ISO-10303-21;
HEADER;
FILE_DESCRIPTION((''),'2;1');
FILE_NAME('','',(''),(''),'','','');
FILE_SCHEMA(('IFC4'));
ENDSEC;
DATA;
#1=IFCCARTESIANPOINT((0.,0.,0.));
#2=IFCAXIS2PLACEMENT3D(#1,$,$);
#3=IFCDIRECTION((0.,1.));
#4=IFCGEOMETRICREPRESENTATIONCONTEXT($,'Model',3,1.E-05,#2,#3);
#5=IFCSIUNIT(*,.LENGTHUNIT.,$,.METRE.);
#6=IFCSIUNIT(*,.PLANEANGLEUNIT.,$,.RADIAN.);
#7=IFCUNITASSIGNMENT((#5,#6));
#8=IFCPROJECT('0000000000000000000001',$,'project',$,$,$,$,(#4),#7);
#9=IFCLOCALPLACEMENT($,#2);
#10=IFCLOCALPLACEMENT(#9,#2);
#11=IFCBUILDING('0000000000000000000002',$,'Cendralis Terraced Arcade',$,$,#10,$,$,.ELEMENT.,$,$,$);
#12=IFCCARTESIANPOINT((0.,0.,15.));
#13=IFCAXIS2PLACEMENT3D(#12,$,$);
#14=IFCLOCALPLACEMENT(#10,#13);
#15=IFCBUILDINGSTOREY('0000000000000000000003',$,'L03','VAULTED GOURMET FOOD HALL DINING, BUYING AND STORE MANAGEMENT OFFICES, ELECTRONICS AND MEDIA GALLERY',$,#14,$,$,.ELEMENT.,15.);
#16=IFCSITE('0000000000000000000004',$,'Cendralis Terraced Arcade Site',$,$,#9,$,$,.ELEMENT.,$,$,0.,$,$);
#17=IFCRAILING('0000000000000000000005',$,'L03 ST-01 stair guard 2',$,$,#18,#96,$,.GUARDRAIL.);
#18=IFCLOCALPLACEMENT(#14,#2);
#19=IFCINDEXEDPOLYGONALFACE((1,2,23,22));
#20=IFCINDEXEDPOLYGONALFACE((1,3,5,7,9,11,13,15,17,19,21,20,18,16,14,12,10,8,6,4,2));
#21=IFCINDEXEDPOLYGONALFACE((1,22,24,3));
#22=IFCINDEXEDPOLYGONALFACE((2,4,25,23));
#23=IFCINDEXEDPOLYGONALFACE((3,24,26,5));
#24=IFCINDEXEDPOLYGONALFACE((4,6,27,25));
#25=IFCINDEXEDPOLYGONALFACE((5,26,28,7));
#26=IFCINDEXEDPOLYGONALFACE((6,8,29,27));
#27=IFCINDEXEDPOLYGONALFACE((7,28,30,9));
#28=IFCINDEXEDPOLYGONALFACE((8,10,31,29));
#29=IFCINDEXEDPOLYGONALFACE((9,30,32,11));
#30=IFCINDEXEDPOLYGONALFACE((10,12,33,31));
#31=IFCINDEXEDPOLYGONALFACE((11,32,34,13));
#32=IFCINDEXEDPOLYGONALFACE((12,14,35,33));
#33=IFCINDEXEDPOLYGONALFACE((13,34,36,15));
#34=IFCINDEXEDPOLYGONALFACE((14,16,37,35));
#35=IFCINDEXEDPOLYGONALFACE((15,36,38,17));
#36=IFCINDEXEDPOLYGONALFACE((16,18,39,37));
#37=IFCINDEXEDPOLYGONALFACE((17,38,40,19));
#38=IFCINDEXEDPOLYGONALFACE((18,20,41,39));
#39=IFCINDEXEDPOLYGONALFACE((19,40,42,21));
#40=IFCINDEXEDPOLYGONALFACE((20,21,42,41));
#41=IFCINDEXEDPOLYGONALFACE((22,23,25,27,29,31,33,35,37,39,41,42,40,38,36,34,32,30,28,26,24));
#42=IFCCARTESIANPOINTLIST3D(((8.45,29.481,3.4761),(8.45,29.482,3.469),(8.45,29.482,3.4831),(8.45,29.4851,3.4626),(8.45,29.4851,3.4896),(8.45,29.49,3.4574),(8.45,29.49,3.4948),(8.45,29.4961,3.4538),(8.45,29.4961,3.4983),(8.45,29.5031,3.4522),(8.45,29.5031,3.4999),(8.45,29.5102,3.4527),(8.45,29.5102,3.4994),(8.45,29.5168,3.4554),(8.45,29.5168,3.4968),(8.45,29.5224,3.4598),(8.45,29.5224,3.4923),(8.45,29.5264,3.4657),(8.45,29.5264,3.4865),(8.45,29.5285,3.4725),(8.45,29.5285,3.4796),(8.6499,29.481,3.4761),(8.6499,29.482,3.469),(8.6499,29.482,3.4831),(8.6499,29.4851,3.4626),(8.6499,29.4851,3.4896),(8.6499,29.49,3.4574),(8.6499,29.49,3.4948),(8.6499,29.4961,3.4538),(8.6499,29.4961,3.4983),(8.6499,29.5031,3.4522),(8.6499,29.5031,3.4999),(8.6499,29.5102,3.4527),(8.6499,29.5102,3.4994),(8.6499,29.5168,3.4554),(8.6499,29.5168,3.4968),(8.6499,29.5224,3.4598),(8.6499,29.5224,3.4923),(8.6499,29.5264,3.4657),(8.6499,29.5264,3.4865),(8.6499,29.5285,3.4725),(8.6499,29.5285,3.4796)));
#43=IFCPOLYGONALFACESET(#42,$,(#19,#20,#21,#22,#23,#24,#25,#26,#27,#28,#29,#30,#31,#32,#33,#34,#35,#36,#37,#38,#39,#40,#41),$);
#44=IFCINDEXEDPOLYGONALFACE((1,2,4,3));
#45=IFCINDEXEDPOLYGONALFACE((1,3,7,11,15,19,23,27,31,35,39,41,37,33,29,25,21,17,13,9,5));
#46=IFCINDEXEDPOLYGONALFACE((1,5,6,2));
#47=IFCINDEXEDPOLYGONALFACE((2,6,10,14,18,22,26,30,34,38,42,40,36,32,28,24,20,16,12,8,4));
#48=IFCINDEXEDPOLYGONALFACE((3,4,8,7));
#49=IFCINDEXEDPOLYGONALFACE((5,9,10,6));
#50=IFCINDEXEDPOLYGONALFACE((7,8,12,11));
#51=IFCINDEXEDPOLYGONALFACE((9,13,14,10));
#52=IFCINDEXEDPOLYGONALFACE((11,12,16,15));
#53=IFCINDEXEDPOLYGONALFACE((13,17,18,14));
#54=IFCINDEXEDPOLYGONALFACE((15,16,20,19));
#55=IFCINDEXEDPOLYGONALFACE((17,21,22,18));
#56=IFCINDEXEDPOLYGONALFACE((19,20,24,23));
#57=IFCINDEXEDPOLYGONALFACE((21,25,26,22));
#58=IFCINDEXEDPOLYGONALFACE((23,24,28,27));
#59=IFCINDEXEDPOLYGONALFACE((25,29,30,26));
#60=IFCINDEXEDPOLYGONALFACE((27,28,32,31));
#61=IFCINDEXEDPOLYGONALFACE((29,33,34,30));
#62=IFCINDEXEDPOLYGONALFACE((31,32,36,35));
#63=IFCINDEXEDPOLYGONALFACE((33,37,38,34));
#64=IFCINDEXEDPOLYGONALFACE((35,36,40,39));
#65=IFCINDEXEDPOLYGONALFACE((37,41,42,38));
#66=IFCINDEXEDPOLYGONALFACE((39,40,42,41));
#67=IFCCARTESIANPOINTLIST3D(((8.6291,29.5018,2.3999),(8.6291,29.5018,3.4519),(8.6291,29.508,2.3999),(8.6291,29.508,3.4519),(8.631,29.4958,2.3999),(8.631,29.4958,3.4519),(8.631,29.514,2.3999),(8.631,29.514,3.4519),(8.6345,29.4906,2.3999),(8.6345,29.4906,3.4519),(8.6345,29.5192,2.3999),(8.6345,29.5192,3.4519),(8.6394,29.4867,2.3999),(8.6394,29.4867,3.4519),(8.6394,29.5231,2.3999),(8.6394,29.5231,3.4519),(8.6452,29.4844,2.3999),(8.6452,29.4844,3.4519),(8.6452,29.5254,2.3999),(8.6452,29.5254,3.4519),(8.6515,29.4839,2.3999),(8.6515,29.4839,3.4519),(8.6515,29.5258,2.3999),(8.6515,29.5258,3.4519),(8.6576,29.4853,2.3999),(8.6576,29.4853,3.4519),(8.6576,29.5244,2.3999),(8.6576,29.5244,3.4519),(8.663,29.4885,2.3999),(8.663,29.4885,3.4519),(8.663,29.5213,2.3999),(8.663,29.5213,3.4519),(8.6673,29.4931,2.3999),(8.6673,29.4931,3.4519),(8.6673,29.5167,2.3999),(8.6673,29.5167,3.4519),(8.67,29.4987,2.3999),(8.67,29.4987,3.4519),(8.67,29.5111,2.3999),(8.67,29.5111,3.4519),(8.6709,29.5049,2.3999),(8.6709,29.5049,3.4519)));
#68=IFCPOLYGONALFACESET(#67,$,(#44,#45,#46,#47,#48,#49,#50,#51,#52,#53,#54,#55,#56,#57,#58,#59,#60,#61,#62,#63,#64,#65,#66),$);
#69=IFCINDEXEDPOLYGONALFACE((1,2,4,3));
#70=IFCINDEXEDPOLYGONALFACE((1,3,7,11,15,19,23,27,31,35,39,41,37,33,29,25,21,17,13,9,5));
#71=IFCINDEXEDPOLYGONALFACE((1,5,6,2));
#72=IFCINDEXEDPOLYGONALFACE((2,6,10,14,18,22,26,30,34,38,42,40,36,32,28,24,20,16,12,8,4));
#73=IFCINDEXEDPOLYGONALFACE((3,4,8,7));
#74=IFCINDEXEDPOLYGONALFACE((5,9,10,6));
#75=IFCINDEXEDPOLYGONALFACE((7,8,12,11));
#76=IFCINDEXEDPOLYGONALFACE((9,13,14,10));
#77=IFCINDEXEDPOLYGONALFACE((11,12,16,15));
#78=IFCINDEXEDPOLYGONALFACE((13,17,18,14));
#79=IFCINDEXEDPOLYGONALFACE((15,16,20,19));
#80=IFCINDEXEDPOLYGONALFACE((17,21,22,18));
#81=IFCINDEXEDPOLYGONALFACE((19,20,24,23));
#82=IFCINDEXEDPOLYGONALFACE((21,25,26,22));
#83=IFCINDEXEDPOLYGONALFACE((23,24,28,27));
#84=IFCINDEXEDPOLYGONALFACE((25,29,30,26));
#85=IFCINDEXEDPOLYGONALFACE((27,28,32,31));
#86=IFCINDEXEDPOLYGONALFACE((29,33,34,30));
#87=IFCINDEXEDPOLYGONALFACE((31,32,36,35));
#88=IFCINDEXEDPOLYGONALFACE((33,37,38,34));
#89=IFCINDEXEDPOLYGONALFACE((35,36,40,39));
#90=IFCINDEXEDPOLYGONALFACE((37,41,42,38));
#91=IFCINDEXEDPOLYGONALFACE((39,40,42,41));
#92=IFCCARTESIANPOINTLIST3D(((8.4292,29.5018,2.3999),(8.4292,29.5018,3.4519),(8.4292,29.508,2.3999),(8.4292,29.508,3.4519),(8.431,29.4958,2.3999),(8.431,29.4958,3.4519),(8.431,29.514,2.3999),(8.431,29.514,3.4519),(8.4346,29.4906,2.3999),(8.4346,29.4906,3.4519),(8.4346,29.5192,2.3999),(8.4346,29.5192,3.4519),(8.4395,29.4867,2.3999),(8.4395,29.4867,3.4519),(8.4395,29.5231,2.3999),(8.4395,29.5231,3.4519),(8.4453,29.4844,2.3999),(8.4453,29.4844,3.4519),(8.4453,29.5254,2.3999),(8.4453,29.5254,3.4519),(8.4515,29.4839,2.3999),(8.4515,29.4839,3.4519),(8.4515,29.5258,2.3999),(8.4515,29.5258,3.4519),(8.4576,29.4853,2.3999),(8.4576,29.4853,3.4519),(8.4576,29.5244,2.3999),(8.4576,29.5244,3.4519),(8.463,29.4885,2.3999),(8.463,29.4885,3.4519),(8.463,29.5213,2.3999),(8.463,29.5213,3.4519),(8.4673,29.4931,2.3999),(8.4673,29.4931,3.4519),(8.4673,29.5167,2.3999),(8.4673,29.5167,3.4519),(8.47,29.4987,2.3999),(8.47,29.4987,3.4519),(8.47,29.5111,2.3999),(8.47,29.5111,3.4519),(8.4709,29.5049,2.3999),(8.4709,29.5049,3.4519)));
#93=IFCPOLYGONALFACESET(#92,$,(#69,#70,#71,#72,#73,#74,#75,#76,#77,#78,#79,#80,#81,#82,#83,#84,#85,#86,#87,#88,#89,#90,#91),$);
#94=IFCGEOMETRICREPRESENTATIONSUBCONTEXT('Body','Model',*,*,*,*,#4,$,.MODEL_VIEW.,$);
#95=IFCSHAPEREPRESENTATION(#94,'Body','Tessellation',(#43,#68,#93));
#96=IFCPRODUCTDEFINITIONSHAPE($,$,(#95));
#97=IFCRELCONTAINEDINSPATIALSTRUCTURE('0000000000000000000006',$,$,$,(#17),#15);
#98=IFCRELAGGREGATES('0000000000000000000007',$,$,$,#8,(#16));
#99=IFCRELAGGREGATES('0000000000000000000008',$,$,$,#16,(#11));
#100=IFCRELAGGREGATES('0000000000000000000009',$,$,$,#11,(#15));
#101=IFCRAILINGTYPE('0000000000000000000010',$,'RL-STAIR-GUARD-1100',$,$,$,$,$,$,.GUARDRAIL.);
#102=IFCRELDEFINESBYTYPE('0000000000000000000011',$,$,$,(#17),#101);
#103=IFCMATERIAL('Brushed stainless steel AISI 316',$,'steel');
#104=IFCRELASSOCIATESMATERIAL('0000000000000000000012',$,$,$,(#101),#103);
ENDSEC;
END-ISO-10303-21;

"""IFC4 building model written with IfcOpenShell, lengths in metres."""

from ifc_helpers import new_model, si_unit, direction, frame, origin, origin_2d, place, context, subcontext, project, spatial, circle, extrude, material, type_object, element, save


model = new_model("IFC4")

# Units and contexts
model_context = context("Model", 3, precision=1e-05, world=origin(), true_north=direction((0.0, 1.0)))
body_context = subcontext(model_context, "Body", "Model", "MODEL_VIEW")
ifc_project = project(units=[si_unit("LENGTHUNIT", "METRE"), si_unit("PLANEANGLEUNIT", "RADIAN")], contexts=[model_context])

# Site, building, storey
site_placement = place(None, origin())
site = spatial("IfcSite", under=ifc_project, at=site_placement, Name="Cendralis Terraced Arcade Site", CompositionType="ELEMENT", RefElevation=0.0)
building_placement = place(site_placement, origin())
building = spatial("IfcBuilding", under=site, at=building_placement, Name="Cendralis Terraced Arcade", CompositionType="ELEMENT")
storey_placement = place(building_placement, frame((0.0, 0.0, 15.0)))
storey = spatial("IfcBuildingStorey", under=building, at=storey_placement, Name="L03", Description="VAULTED GOURMET FOOD HALL DINING, BUYING AND STORE MANAGEMENT OFFICES, ELECTRONICS AND MEDIA GALLERY", CompositionType="ELEMENT", Elevation=15.0)

# Railing
ifc_material_1 = material(Name="Brushed stainless steel AISI 316", Category="steel")
railing_type_1 = type_object("IfcRailingType", Name="RL-STAIR-GUARD-1100", PredefinedType="GUARDRAIL", material=ifc_material_1)
railing_1_placement = place(storey_placement, frame((8.6499, 29.5049, 2.3999)))
element("IfcRailing", 1, at=railing_1_placement, inside=storey, type_object=railing_type_1, Name="L03 ST-01 stair guard 2", PredefinedType="GUARDRAIL", context=body_context, shape_type="SweptSolid", body=[
    extrude(circle(Radius=0.0239, at=origin_2d()), frame((0.0, 0.0, 1.0762), z_axis=(-1.0, 0.0, 0.0), x_axis=(0.0, -1.0, 0.0)), (0.0, 0.0, 1.0), 0.2),
    extrude(circle(Radius=0.021, at=origin_2d()), origin(), (0.0, 0.0, 1.0), 1.052),
    extrude(circle(Radius=0.021, at=origin_2d()), frame((-0.2, 0.0, 0.0)), (0.0, 0.0, 1.0), 1.052),
])

save(model, "model.ifc")
